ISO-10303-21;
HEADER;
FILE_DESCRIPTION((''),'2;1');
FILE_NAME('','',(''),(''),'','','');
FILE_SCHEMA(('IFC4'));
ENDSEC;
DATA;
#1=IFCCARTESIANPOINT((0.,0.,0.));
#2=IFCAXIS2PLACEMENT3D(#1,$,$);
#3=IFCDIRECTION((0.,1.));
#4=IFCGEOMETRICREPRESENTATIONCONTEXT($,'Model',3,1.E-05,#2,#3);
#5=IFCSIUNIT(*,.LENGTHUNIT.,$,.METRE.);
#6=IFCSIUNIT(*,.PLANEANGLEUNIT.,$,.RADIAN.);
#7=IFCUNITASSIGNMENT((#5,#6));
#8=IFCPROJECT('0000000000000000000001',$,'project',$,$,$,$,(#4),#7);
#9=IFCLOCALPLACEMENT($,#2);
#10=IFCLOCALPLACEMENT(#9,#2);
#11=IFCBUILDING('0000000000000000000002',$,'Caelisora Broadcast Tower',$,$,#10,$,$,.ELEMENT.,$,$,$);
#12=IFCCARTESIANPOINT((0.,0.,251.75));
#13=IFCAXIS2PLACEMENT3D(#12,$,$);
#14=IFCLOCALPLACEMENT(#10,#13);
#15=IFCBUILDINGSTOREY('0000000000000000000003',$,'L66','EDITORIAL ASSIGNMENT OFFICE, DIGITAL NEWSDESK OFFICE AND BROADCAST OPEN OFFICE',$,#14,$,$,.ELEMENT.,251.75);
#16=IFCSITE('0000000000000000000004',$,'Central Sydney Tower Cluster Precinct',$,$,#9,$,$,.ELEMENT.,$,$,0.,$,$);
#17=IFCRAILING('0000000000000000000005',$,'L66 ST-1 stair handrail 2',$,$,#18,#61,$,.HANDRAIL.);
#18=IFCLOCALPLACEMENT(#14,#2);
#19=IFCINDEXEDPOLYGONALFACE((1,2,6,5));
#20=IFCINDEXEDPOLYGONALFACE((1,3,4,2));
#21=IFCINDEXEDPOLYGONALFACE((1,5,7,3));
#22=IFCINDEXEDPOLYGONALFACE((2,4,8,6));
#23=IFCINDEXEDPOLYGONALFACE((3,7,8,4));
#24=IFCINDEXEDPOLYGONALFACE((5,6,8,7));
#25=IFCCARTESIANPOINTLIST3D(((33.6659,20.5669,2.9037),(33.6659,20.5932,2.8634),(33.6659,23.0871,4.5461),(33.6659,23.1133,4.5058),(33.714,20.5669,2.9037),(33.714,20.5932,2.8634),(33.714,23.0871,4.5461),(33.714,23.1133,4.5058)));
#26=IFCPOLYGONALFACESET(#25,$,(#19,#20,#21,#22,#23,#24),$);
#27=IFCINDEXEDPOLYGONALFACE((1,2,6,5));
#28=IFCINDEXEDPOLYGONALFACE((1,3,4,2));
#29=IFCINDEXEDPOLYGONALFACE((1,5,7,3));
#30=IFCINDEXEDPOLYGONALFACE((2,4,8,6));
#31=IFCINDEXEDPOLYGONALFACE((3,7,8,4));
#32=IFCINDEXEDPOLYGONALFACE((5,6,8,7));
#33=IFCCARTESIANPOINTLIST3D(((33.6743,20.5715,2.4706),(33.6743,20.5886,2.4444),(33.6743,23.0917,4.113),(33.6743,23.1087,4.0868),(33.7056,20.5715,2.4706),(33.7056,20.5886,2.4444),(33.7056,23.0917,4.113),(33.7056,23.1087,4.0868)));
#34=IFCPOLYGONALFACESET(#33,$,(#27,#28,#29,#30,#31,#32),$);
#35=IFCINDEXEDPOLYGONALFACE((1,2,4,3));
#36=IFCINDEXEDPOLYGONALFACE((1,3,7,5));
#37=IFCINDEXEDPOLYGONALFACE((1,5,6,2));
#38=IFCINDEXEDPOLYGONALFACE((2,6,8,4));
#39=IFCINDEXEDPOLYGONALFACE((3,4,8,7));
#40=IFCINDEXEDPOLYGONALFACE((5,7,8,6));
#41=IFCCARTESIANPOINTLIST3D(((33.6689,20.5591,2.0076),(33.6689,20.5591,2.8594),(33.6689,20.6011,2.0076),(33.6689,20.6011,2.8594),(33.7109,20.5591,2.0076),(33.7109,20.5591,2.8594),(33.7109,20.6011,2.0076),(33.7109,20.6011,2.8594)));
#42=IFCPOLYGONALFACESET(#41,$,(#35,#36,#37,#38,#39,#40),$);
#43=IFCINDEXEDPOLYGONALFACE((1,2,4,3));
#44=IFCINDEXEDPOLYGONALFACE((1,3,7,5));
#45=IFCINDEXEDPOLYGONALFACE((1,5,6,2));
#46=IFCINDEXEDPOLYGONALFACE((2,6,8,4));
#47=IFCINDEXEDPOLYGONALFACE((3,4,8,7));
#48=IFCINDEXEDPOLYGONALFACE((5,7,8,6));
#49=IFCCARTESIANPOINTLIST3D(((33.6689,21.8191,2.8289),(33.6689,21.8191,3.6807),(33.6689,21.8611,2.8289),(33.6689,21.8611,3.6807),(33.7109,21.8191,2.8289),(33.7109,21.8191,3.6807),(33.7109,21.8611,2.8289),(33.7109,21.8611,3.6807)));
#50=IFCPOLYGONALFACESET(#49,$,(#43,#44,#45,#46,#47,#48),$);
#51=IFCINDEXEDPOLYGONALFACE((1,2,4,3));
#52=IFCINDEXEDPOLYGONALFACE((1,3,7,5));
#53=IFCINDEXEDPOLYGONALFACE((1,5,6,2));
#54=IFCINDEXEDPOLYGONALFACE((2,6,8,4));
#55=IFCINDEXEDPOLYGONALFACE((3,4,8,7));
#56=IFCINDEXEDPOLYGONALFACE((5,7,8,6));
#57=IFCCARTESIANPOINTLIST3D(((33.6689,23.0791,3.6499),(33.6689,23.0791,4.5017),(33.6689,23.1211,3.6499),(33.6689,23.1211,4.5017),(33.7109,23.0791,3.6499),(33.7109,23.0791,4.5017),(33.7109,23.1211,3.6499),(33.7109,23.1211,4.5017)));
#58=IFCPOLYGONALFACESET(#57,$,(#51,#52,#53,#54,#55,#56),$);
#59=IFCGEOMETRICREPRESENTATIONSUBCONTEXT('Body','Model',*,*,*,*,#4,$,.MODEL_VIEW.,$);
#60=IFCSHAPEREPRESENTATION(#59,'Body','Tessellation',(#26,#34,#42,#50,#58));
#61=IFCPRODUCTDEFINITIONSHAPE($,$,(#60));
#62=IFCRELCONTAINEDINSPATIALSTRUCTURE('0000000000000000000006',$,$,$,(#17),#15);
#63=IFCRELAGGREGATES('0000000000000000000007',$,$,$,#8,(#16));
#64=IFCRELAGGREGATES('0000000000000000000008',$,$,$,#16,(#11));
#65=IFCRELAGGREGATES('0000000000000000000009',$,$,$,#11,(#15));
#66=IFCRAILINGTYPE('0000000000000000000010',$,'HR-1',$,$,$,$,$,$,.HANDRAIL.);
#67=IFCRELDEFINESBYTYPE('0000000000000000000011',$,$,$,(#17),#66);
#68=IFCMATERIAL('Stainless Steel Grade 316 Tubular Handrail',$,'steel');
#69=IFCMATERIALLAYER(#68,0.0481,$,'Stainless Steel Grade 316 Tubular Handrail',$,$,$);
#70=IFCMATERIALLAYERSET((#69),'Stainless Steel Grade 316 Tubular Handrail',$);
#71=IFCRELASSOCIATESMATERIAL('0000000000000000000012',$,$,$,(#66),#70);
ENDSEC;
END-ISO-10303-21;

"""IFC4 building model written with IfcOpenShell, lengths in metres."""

from ifc_helpers import new_model, si_unit, direction, frame, origin, origin_2d, place, context, subcontext, project, spatial, rectangle, extrude, material, layer, layer_set, type_object, element, save


model = new_model("IFC4")

# Units and contexts
model_context = context("Model", 3, precision=1e-05, world=origin(), true_north=direction((0.0, 1.0)))
body_context = subcontext(model_context, "Body", "Model", "MODEL_VIEW")
ifc_project = project(units=[si_unit("LENGTHUNIT", "METRE"), si_unit("PLANEANGLEUNIT", "RADIAN")], contexts=[model_context])

# Site, building, storey
site_placement = place(None, origin())
site = spatial("IfcSite", under=ifc_project, at=site_placement, Name="Central Sydney Tower Cluster Precinct", CompositionType="ELEMENT", RefElevation=0.0)
building_placement = place(site_placement, origin())
building = spatial("IfcBuilding", under=site, at=building_placement, Name="Caelisora Broadcast Tower", CompositionType="ELEMENT")
storey_placement = place(building_placement, frame((0.0, 0.0, 251.75)))
storey = spatial("IfcBuildingStorey", under=building, at=storey_placement, Name="L66", Description="EDITORIAL ASSIGNMENT OFFICE, DIGITAL NEWSDESK OFFICE AND BROADCAST OPEN OFFICE", CompositionType="ELEMENT", Elevation=251.75)

# Railing
ifc_material_1 = material(Name="Stainless Steel Grade 316 Tubular Handrail", Category="steel")
ifc_layer_1 = layer(ifc_material_1, 0.0481, Name="Stainless Steel Grade 316 Tubular Handrail")
ifc_layer_set_1 = layer_set([ifc_layer_1], Name="Stainless Steel Grade 316 Tubular Handrail")
railing_type_1 = type_object("IfcRailingType", Name="HR-1", PredefinedType="HANDRAIL", material=ifc_layer_set_1)
railing_1_placement = place(storey_placement, frame((33.6899, 20.5801, 2.0076)))
element("IfcRailing", 1, at=railing_1_placement, inside=storey, type_object=railing_type_1, Name="L66 ST-1 stair handrail 2", PredefinedType="HANDRAIL", context=body_context, shape_type="SweptSolid", body=[
    extrude(rectangle(XDim=0.0481, YDim=0.0481, at=origin_2d()), frame((0.0, 0.0, 0.876), z_axis=(0.0, 0.837787, 0.545998), x_axis=(-1.0, 0.0, 0.0)), (0.0, 0.0, 1.0), 3.0081),
    extrude(rectangle(XDim=0.0312, YDim=0.0312, at=origin_2d()), frame((0.0, 0.0, 0.45), z_axis=(0.0, 0.837787, 0.545998), x_axis=(-1.0, 0.0, 0.0)), (0.0, 0.0, 1.0), 3.0081),
    extrude(rectangle(XDim=0.042, YDim=0.042, at=origin_2d()), origin(), (0.0, 0.0, 1.0), 0.8518),
    extrude(rectangle(XDim=0.042, YDim=0.042, at=origin_2d()), frame((0.0, 1.26, 0.8213)), (0.0, 0.0, 1.0), 0.8518),
    extrude(rectangle(XDim=0.042, YDim=0.042, at=origin_2d()), frame((0.0, 2.52, 1.6423)), (0.0, 0.0, 1.0), 0.8518),
])

save(model, "model.ifc")
